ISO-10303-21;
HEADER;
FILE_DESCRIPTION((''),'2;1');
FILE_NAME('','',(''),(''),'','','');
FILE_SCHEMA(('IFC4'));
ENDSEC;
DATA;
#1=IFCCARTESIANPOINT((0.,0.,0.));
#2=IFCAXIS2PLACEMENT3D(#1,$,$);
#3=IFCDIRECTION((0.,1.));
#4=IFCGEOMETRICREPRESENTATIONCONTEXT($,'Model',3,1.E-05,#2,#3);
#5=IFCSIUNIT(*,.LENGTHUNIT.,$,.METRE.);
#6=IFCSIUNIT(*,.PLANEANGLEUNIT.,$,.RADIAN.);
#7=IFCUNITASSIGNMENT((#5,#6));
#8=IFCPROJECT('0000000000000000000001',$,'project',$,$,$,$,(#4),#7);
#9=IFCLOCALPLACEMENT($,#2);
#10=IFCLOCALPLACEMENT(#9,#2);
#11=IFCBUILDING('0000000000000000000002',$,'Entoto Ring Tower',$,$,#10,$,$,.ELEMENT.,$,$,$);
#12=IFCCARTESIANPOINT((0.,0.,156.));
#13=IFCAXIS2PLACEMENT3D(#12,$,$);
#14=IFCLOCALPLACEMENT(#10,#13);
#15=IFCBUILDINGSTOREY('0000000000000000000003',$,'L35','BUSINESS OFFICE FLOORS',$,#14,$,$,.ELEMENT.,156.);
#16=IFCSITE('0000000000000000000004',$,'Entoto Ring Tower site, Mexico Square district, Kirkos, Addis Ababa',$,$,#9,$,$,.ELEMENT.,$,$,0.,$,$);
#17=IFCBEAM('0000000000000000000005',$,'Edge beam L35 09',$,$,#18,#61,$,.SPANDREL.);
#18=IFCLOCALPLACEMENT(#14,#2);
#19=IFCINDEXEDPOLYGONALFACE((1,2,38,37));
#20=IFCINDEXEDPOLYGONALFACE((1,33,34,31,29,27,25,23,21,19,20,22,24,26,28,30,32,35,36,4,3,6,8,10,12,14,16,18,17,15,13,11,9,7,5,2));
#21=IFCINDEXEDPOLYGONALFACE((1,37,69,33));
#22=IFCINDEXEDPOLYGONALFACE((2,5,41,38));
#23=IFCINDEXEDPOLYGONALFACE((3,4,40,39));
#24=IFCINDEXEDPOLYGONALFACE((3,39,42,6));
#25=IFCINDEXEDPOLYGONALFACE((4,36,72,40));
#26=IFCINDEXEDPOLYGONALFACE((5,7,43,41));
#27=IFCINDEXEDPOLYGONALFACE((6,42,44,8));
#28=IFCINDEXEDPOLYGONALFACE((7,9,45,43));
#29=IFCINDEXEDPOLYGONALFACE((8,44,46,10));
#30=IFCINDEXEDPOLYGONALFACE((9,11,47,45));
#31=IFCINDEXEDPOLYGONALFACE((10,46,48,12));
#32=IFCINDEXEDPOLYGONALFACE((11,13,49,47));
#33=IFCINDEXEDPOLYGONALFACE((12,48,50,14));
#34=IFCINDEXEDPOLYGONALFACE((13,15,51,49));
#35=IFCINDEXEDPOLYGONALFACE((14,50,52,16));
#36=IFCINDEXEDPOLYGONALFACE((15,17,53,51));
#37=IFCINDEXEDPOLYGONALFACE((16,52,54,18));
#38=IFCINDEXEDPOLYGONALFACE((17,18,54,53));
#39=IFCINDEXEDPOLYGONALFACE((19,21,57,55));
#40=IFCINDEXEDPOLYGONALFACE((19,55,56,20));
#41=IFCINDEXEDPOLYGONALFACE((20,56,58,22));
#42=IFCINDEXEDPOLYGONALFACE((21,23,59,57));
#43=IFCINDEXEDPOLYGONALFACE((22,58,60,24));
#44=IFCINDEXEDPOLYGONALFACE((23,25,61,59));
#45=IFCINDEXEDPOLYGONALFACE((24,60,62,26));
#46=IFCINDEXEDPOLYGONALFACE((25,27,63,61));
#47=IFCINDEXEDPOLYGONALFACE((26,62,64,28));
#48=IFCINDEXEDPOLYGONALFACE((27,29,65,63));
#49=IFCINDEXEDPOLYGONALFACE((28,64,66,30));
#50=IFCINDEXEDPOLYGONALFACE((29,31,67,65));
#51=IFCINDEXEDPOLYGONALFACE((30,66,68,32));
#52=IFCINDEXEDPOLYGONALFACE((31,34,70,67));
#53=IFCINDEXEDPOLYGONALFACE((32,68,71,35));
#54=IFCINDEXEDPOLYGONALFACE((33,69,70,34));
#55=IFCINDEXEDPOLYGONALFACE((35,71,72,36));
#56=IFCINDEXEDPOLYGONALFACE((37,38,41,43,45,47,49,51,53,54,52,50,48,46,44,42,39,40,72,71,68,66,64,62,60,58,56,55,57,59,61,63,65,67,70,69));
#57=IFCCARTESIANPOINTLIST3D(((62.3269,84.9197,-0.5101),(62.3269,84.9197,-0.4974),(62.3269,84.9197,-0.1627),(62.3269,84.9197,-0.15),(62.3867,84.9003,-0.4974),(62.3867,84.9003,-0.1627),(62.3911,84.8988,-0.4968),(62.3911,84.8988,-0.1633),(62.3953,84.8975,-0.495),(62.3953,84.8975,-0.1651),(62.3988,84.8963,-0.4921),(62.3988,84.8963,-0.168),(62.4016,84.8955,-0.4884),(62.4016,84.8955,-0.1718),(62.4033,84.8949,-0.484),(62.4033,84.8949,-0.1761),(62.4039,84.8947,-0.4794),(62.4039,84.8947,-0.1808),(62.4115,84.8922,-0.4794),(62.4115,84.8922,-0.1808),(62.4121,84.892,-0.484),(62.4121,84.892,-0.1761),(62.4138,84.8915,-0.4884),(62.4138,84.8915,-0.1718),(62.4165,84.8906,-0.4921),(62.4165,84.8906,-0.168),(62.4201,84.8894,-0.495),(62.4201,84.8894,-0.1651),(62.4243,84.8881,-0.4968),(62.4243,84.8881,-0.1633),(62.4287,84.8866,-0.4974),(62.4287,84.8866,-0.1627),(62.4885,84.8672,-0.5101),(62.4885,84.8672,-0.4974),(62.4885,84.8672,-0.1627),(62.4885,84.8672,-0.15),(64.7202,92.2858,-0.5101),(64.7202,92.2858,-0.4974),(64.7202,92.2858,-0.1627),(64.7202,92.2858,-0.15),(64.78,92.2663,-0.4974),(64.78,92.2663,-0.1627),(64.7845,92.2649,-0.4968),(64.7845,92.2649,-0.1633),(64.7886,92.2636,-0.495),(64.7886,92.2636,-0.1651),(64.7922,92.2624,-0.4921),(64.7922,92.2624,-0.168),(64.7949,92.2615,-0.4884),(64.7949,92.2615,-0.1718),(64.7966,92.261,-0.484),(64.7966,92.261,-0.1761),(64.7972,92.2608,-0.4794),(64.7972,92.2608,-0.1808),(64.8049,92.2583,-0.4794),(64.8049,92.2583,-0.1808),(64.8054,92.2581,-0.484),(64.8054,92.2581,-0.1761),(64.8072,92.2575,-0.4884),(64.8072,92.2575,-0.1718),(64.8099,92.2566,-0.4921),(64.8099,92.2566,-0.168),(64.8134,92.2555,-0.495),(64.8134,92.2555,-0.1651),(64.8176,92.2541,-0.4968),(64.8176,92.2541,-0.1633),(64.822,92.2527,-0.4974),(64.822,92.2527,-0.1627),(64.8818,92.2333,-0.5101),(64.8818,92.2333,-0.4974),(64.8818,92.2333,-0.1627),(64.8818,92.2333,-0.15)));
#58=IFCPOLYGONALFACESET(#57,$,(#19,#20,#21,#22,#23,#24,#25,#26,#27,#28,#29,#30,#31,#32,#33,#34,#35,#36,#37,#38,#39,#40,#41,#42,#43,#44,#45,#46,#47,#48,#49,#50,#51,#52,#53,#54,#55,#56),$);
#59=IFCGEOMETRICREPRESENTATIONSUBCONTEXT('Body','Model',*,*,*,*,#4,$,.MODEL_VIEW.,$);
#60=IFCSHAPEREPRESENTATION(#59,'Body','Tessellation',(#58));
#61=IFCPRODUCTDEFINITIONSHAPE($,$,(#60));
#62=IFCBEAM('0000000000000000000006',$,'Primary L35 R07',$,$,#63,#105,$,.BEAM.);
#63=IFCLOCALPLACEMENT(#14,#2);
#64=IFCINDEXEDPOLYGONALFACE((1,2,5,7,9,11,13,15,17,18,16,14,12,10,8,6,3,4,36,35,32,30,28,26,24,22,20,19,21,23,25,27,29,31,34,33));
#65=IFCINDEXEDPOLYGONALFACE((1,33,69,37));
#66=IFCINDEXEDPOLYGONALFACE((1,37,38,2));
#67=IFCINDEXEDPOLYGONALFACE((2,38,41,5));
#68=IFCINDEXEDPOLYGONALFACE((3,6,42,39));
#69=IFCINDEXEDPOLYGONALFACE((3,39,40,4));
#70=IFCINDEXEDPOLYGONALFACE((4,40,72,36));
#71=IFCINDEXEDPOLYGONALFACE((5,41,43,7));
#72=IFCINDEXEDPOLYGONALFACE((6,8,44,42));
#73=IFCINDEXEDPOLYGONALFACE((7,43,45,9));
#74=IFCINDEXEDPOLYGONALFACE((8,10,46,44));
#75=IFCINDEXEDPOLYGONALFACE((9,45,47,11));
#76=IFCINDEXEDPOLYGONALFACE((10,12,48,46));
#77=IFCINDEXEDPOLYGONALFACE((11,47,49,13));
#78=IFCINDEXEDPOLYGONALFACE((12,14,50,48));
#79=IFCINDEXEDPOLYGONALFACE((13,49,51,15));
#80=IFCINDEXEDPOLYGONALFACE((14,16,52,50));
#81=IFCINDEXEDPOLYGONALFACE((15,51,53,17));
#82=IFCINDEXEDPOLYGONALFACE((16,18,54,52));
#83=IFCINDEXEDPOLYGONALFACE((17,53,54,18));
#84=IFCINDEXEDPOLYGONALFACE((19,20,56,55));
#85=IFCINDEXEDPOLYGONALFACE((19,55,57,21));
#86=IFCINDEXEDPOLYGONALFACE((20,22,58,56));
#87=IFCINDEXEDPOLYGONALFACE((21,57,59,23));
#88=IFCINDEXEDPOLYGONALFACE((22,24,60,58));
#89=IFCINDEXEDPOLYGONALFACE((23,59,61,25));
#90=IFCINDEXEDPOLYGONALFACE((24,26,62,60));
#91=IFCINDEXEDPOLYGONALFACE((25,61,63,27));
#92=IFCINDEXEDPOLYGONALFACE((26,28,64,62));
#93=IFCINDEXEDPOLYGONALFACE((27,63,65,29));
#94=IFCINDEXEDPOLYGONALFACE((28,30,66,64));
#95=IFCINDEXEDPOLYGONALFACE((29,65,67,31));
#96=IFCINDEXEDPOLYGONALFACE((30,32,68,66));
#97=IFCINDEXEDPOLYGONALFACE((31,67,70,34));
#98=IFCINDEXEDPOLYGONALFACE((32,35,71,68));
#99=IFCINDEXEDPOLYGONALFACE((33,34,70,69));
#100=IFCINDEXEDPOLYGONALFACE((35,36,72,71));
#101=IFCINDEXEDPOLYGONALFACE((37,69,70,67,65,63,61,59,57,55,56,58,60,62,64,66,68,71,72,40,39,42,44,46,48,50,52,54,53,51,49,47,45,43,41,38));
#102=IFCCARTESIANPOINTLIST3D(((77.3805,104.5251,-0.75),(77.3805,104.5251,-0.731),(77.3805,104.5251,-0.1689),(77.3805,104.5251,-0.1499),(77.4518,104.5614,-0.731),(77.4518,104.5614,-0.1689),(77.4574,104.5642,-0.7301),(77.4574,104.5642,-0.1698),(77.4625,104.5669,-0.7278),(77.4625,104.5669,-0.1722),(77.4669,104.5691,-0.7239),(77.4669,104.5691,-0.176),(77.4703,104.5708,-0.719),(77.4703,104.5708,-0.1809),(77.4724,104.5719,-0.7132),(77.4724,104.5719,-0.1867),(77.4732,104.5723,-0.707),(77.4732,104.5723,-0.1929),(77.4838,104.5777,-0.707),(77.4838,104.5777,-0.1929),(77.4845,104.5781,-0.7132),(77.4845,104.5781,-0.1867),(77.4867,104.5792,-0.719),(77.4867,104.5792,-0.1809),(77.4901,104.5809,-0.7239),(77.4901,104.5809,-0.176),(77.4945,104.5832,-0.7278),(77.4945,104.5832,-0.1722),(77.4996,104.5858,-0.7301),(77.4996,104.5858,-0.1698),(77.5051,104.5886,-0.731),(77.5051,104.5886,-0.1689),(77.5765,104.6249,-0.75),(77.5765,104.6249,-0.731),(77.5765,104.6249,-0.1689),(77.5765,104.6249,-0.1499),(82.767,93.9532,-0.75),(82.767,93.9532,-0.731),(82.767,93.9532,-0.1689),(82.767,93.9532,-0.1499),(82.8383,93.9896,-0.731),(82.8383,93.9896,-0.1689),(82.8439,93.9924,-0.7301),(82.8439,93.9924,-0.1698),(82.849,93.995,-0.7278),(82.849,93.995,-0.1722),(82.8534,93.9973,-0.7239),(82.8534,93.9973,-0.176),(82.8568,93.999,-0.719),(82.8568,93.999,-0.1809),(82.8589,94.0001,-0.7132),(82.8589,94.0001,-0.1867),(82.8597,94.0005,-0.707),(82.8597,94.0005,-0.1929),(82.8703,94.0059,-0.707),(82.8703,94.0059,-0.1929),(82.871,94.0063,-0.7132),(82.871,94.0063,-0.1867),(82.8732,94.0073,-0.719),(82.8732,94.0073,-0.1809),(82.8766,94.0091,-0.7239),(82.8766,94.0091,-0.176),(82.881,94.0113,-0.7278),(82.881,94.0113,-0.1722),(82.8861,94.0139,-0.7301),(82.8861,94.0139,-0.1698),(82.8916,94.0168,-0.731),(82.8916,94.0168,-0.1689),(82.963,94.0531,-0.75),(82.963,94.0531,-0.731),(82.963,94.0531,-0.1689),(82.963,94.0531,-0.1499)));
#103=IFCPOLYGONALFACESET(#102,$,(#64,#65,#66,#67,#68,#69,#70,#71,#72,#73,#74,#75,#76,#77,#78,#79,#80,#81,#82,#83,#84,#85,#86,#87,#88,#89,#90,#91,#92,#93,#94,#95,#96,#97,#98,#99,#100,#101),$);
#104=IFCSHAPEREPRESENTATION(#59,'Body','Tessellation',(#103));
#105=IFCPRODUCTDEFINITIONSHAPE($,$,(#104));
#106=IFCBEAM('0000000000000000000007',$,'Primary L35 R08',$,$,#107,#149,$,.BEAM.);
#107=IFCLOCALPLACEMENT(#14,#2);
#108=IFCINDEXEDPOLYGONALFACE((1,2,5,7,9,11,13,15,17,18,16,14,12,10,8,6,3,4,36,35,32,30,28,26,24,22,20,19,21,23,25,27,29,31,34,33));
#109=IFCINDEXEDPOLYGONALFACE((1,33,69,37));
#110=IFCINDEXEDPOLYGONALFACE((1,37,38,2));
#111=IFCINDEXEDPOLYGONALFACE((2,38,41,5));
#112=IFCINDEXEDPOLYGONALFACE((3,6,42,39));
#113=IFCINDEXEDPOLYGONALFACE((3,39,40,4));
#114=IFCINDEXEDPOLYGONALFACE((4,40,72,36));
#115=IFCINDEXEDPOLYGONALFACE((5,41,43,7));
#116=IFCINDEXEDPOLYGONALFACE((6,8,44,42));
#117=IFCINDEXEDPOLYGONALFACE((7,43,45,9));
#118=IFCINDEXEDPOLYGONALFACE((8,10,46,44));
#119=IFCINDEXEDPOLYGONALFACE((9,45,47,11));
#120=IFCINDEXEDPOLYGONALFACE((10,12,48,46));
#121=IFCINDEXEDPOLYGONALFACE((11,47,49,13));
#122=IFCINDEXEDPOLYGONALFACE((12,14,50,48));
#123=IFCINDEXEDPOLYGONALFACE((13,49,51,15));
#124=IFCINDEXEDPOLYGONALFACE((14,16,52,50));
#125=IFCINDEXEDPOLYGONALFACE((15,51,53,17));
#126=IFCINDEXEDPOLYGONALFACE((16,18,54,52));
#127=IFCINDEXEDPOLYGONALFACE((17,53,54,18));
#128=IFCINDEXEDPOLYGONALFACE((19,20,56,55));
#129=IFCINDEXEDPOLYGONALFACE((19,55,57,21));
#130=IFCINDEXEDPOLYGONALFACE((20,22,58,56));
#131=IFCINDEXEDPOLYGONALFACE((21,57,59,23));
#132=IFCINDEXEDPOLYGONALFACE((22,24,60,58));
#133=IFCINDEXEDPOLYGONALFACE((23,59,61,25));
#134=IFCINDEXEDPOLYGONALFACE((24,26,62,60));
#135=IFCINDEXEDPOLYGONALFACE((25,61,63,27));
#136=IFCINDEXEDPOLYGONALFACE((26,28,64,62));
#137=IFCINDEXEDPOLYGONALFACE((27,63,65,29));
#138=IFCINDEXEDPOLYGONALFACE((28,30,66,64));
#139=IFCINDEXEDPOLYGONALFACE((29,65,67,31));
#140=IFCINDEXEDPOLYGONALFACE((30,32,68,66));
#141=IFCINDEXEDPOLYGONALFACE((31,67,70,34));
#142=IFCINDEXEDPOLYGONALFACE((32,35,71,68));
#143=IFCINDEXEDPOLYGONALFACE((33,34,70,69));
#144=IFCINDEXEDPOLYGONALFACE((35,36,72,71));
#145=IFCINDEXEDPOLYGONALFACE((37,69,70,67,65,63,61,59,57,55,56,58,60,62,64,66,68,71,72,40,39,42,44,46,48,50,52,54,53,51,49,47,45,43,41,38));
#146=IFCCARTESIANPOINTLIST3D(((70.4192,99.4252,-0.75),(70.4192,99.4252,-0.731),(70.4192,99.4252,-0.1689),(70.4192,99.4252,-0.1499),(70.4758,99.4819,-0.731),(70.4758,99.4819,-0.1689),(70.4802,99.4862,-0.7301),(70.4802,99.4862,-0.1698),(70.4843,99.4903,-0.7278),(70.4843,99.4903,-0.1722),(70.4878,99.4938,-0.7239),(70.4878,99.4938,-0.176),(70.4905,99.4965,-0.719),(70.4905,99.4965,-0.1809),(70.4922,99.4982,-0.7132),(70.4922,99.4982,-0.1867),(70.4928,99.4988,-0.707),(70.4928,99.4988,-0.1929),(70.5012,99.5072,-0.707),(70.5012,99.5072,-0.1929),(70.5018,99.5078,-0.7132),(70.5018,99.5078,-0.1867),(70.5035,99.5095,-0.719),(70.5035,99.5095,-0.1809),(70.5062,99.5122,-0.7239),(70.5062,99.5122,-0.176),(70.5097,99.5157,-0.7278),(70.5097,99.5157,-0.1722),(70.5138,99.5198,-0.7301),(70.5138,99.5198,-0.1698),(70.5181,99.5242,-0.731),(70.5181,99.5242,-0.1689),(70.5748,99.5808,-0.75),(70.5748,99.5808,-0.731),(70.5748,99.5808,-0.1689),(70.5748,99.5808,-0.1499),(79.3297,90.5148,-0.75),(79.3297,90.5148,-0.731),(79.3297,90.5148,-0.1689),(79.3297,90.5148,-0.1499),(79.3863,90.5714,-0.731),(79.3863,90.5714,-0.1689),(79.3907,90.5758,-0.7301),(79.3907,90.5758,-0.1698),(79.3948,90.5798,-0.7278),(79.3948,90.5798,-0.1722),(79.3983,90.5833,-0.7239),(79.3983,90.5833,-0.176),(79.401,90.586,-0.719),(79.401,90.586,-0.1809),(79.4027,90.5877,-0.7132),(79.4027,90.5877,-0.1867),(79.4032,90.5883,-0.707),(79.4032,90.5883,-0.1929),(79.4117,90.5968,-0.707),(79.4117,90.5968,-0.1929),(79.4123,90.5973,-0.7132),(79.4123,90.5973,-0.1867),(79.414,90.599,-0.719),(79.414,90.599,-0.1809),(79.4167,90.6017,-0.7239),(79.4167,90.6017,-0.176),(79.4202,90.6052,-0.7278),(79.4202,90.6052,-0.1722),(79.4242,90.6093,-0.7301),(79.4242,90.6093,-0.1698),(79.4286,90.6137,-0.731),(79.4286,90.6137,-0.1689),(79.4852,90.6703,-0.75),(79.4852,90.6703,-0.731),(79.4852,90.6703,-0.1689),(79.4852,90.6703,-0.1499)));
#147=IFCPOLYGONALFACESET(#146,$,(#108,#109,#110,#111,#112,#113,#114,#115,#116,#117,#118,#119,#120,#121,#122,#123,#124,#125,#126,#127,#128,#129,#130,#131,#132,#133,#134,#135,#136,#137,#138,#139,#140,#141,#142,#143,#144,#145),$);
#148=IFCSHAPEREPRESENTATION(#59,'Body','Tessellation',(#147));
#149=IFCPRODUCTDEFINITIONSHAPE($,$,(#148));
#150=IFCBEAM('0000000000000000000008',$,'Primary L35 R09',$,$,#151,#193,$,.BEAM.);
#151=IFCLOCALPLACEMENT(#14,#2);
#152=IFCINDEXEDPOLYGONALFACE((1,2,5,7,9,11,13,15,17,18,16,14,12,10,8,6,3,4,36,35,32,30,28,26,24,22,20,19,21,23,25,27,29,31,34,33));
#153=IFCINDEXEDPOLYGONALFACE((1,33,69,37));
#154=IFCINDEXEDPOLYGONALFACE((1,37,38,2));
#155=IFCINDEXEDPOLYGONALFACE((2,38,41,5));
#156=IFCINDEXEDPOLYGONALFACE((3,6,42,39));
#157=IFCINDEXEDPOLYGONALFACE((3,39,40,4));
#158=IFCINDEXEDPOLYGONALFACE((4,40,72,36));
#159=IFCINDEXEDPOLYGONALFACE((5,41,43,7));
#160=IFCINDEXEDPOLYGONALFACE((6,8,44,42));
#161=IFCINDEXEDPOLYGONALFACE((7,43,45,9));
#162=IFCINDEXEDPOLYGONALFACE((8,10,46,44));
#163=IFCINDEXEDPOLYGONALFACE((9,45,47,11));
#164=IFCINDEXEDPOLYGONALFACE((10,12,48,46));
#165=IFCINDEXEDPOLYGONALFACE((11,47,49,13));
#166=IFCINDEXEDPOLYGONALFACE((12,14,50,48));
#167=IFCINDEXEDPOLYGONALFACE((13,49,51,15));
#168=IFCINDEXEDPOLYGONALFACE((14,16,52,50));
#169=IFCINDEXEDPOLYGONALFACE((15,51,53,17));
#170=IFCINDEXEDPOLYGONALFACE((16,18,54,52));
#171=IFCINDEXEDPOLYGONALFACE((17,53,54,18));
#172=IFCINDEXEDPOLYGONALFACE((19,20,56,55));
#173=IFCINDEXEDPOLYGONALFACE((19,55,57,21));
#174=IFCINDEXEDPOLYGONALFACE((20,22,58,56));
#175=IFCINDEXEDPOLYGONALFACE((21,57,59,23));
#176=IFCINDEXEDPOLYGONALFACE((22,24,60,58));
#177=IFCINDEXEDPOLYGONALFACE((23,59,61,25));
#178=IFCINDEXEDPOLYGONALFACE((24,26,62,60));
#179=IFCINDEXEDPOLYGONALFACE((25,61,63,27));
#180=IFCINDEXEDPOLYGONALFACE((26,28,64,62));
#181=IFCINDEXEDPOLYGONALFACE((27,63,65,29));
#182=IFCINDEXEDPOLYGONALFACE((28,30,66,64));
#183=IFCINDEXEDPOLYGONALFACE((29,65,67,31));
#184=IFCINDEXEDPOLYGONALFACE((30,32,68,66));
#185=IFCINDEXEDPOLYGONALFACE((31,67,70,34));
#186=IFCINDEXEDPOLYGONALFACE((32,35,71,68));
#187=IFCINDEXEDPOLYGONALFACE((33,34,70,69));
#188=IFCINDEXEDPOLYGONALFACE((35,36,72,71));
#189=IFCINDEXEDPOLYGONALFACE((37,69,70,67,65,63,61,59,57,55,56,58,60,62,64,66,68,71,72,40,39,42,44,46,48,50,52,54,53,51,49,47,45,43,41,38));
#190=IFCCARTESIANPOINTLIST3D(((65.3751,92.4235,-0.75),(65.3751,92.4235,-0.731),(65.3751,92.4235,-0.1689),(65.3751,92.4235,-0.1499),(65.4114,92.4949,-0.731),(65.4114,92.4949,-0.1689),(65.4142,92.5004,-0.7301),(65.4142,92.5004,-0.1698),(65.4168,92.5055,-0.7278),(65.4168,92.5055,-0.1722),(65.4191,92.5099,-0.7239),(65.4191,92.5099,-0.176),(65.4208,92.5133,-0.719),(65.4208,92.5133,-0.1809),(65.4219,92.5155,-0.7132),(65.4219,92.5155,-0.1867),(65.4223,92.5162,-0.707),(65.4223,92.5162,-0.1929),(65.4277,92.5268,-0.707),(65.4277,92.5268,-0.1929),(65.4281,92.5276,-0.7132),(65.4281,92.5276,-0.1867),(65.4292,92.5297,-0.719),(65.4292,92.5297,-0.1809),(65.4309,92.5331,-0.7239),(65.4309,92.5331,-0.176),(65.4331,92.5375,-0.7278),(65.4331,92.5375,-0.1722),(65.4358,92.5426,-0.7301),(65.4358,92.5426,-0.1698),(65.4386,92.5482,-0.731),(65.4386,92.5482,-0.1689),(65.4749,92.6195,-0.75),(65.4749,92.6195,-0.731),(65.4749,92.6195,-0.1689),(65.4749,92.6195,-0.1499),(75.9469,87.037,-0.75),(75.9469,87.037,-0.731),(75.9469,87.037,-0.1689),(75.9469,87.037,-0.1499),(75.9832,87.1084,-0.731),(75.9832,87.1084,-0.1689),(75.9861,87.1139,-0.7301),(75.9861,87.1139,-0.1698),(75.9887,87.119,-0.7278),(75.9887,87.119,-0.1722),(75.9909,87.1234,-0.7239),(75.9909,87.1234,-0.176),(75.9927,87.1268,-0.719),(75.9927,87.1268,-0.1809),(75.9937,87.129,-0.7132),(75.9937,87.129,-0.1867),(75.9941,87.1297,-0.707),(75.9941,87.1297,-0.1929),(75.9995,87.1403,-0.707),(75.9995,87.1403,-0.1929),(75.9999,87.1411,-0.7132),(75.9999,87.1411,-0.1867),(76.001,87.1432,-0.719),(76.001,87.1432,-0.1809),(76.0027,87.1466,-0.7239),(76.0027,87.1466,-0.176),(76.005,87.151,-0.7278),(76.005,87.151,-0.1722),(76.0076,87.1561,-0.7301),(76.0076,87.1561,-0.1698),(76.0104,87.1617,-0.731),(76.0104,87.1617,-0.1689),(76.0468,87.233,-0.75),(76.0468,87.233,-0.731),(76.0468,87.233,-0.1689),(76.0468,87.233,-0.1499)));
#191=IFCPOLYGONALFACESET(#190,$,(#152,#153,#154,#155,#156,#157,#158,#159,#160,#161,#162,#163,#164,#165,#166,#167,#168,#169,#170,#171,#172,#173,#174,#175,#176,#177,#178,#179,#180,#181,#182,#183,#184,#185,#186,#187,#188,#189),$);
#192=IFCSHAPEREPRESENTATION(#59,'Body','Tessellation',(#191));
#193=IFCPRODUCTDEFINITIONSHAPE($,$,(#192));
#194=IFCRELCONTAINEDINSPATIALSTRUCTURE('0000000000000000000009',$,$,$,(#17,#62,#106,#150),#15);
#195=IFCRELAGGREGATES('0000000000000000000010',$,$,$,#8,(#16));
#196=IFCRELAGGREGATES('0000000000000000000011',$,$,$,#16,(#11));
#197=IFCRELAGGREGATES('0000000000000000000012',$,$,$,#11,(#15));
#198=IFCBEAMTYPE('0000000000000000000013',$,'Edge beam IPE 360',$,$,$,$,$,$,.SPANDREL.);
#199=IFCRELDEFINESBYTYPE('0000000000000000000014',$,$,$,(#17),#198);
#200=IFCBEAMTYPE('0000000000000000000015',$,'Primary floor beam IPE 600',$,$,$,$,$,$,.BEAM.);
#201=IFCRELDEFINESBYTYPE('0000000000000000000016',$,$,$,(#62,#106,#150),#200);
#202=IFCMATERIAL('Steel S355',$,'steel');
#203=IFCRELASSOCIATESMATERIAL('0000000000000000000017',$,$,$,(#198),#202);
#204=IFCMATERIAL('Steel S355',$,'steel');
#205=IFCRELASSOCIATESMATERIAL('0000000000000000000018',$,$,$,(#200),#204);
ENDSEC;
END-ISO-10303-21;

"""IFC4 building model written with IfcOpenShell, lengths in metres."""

from ifc_helpers import new_model, si_unit, direction, frame, origin, origin_2d, place, context, subcontext, project, spatial, i_section, extrude, material, material_profile, profile_set, type_object, element, save


model = new_model("IFC4")

# Units and contexts
model_context = context("Model", 3, precision=1e-05, world=origin(), true_north=direction((0.0, 1.0)))
body_context = subcontext(model_context, "Body", "Model", "MODEL_VIEW")
ifc_project = project(units=[si_unit("LENGTHUNIT", "METRE"), si_unit("PLANEANGLEUNIT", "RADIAN")], contexts=[model_context])

# Site, building, storey
site_placement = place(None, origin())
site = spatial("IfcSite", under=ifc_project, at=site_placement, Name="Entoto Ring Tower site, Mexico Square district, Kirkos, Addis Ababa", CompositionType="ELEMENT", RefElevation=0.0)
building_placement = place(site_placement, origin())
building = spatial("IfcBuilding", under=site, at=building_placement, Name="Entoto Ring Tower", CompositionType="ELEMENT")
storey_placement = place(building_placement, frame((0.0, 0.0, 156.0)))
storey = spatial("IfcBuildingStorey", under=building, at=storey_placement, Name="L35", Description="BUSINESS OFFICE FLOORS", CompositionType="ELEMENT", Elevation=156.0)

# Beams
ifc_material_1 = material(Name="Steel S355", Category="steel")
ifc_material_profile_1 = material_profile(ifc_material_1, i_section(OverallWidth=0.1699, OverallDepth=0.3601, WebThickness=0.0081, FlangeThickness=0.0127, FilletRadius=0.0181, at=origin_2d()), Name="IPE 360")
ifc_profile_set_1 = profile_set([ifc_material_profile_1], Name="Steel S355")
beam_type_1 = type_object("IfcBeamType", Name="Edge beam IPE 360", PredefinedType="SPANDREL", material=ifc_profile_set_1)
for number, where, z_axis, x_axis, name in (
    (1, (64.801, 92.2595, -0.3301), (-0.309013, -0.951058, 0.0), (0.951058, -0.309013, 0.0), "Edge beam L35 09"),
):
    element("IfcBeam", number, at=place(storey_placement, frame(where, z_axis=z_axis, x_axis=x_axis)), inside=storey, type_object=beam_type_1, Name=name, PredefinedType="SPANDREL", context=body_context, shape_type="SweptSolid", body=[
        extrude(i_section(OverallWidth=0.1699, OverallDepth=0.3601, WebThickness=0.0081, FlangeThickness=0.0127, FilletRadius=0.0181, at=origin_2d()), origin(), (0.0, 0.0, 1.0), 7.7451),
    ])
ifc_material_2 = material(Name="Steel S355", Category="steel")
ifc_material_profile_2 = material_profile(ifc_material_2, i_section(OverallWidth=0.22, OverallDepth=0.6001, WebThickness=0.012, FlangeThickness=0.019, FilletRadius=0.0239, at=origin_2d()), Name="IPE 600")
ifc_profile_set_2 = profile_set([ifc_material_profile_2], Name="Steel S355")
beam_type_2 = type_object("IfcBeamType", Name="Primary floor beam IPE 600", PredefinedType="BEAM", material=ifc_profile_set_2)
beam_1_placement = place(storey_placement, frame((82.865, 94.0032, -0.45), z_axis=(-0.453983, 0.89101, 0.0), x_axis=(-0.89101, -0.453983, 0.0)))
element("IfcBeam", 2, at=beam_1_placement, inside=storey, type_object=beam_type_2, Name="Primary L35 R07", PredefinedType="BEAM", context=body_context, shape_type="SweptSolid", body=[
    extrude(i_section(OverallWidth=0.22, OverallDepth=0.6001, WebThickness=0.012, FlangeThickness=0.019, FilletRadius=0.0239, at=origin_2d()), origin(), (0.0, 0.0, 1.0), 11.865),
])
beam_2_placement = place(storey_placement, frame((79.4075, 90.5925, -0.45), z_axis=(-0.707107, 0.707107, 0.0), x_axis=(-0.707107, -0.707107, 0.0)))
element("IfcBeam", 3, at=beam_2_placement, inside=storey, type_object=beam_type_2, Name="Primary L35 R08", PredefinedType="BEAM", context=body_context, shape_type="SweptSolid", body=[
    extrude(i_section(OverallWidth=0.22, OverallDepth=0.6001, WebThickness=0.012, FlangeThickness=0.019, FilletRadius=0.0239, at=origin_2d()), origin(), (0.0, 0.0, 1.0), 12.6013),
])
beam_3_placement = place(storey_placement, frame((75.9968, 87.135, -0.45), z_axis=(-0.89101, 0.453983, 0.0), x_axis=(-0.453983, -0.89101, 0.0)))
element("IfcBeam", 4, at=beam_3_placement, inside=storey, type_object=beam_type_2, Name="Primary L35 R09", PredefinedType="BEAM", context=body_context, shape_type="SweptSolid", body=[
    extrude(i_section(OverallWidth=0.22, OverallDepth=0.6001, WebThickness=0.012, FlangeThickness=0.019, FilletRadius=0.0239, at=origin_2d()), origin(), (0.0, 0.0, 1.0), 11.865),
])

save(model, "model.ifc")
